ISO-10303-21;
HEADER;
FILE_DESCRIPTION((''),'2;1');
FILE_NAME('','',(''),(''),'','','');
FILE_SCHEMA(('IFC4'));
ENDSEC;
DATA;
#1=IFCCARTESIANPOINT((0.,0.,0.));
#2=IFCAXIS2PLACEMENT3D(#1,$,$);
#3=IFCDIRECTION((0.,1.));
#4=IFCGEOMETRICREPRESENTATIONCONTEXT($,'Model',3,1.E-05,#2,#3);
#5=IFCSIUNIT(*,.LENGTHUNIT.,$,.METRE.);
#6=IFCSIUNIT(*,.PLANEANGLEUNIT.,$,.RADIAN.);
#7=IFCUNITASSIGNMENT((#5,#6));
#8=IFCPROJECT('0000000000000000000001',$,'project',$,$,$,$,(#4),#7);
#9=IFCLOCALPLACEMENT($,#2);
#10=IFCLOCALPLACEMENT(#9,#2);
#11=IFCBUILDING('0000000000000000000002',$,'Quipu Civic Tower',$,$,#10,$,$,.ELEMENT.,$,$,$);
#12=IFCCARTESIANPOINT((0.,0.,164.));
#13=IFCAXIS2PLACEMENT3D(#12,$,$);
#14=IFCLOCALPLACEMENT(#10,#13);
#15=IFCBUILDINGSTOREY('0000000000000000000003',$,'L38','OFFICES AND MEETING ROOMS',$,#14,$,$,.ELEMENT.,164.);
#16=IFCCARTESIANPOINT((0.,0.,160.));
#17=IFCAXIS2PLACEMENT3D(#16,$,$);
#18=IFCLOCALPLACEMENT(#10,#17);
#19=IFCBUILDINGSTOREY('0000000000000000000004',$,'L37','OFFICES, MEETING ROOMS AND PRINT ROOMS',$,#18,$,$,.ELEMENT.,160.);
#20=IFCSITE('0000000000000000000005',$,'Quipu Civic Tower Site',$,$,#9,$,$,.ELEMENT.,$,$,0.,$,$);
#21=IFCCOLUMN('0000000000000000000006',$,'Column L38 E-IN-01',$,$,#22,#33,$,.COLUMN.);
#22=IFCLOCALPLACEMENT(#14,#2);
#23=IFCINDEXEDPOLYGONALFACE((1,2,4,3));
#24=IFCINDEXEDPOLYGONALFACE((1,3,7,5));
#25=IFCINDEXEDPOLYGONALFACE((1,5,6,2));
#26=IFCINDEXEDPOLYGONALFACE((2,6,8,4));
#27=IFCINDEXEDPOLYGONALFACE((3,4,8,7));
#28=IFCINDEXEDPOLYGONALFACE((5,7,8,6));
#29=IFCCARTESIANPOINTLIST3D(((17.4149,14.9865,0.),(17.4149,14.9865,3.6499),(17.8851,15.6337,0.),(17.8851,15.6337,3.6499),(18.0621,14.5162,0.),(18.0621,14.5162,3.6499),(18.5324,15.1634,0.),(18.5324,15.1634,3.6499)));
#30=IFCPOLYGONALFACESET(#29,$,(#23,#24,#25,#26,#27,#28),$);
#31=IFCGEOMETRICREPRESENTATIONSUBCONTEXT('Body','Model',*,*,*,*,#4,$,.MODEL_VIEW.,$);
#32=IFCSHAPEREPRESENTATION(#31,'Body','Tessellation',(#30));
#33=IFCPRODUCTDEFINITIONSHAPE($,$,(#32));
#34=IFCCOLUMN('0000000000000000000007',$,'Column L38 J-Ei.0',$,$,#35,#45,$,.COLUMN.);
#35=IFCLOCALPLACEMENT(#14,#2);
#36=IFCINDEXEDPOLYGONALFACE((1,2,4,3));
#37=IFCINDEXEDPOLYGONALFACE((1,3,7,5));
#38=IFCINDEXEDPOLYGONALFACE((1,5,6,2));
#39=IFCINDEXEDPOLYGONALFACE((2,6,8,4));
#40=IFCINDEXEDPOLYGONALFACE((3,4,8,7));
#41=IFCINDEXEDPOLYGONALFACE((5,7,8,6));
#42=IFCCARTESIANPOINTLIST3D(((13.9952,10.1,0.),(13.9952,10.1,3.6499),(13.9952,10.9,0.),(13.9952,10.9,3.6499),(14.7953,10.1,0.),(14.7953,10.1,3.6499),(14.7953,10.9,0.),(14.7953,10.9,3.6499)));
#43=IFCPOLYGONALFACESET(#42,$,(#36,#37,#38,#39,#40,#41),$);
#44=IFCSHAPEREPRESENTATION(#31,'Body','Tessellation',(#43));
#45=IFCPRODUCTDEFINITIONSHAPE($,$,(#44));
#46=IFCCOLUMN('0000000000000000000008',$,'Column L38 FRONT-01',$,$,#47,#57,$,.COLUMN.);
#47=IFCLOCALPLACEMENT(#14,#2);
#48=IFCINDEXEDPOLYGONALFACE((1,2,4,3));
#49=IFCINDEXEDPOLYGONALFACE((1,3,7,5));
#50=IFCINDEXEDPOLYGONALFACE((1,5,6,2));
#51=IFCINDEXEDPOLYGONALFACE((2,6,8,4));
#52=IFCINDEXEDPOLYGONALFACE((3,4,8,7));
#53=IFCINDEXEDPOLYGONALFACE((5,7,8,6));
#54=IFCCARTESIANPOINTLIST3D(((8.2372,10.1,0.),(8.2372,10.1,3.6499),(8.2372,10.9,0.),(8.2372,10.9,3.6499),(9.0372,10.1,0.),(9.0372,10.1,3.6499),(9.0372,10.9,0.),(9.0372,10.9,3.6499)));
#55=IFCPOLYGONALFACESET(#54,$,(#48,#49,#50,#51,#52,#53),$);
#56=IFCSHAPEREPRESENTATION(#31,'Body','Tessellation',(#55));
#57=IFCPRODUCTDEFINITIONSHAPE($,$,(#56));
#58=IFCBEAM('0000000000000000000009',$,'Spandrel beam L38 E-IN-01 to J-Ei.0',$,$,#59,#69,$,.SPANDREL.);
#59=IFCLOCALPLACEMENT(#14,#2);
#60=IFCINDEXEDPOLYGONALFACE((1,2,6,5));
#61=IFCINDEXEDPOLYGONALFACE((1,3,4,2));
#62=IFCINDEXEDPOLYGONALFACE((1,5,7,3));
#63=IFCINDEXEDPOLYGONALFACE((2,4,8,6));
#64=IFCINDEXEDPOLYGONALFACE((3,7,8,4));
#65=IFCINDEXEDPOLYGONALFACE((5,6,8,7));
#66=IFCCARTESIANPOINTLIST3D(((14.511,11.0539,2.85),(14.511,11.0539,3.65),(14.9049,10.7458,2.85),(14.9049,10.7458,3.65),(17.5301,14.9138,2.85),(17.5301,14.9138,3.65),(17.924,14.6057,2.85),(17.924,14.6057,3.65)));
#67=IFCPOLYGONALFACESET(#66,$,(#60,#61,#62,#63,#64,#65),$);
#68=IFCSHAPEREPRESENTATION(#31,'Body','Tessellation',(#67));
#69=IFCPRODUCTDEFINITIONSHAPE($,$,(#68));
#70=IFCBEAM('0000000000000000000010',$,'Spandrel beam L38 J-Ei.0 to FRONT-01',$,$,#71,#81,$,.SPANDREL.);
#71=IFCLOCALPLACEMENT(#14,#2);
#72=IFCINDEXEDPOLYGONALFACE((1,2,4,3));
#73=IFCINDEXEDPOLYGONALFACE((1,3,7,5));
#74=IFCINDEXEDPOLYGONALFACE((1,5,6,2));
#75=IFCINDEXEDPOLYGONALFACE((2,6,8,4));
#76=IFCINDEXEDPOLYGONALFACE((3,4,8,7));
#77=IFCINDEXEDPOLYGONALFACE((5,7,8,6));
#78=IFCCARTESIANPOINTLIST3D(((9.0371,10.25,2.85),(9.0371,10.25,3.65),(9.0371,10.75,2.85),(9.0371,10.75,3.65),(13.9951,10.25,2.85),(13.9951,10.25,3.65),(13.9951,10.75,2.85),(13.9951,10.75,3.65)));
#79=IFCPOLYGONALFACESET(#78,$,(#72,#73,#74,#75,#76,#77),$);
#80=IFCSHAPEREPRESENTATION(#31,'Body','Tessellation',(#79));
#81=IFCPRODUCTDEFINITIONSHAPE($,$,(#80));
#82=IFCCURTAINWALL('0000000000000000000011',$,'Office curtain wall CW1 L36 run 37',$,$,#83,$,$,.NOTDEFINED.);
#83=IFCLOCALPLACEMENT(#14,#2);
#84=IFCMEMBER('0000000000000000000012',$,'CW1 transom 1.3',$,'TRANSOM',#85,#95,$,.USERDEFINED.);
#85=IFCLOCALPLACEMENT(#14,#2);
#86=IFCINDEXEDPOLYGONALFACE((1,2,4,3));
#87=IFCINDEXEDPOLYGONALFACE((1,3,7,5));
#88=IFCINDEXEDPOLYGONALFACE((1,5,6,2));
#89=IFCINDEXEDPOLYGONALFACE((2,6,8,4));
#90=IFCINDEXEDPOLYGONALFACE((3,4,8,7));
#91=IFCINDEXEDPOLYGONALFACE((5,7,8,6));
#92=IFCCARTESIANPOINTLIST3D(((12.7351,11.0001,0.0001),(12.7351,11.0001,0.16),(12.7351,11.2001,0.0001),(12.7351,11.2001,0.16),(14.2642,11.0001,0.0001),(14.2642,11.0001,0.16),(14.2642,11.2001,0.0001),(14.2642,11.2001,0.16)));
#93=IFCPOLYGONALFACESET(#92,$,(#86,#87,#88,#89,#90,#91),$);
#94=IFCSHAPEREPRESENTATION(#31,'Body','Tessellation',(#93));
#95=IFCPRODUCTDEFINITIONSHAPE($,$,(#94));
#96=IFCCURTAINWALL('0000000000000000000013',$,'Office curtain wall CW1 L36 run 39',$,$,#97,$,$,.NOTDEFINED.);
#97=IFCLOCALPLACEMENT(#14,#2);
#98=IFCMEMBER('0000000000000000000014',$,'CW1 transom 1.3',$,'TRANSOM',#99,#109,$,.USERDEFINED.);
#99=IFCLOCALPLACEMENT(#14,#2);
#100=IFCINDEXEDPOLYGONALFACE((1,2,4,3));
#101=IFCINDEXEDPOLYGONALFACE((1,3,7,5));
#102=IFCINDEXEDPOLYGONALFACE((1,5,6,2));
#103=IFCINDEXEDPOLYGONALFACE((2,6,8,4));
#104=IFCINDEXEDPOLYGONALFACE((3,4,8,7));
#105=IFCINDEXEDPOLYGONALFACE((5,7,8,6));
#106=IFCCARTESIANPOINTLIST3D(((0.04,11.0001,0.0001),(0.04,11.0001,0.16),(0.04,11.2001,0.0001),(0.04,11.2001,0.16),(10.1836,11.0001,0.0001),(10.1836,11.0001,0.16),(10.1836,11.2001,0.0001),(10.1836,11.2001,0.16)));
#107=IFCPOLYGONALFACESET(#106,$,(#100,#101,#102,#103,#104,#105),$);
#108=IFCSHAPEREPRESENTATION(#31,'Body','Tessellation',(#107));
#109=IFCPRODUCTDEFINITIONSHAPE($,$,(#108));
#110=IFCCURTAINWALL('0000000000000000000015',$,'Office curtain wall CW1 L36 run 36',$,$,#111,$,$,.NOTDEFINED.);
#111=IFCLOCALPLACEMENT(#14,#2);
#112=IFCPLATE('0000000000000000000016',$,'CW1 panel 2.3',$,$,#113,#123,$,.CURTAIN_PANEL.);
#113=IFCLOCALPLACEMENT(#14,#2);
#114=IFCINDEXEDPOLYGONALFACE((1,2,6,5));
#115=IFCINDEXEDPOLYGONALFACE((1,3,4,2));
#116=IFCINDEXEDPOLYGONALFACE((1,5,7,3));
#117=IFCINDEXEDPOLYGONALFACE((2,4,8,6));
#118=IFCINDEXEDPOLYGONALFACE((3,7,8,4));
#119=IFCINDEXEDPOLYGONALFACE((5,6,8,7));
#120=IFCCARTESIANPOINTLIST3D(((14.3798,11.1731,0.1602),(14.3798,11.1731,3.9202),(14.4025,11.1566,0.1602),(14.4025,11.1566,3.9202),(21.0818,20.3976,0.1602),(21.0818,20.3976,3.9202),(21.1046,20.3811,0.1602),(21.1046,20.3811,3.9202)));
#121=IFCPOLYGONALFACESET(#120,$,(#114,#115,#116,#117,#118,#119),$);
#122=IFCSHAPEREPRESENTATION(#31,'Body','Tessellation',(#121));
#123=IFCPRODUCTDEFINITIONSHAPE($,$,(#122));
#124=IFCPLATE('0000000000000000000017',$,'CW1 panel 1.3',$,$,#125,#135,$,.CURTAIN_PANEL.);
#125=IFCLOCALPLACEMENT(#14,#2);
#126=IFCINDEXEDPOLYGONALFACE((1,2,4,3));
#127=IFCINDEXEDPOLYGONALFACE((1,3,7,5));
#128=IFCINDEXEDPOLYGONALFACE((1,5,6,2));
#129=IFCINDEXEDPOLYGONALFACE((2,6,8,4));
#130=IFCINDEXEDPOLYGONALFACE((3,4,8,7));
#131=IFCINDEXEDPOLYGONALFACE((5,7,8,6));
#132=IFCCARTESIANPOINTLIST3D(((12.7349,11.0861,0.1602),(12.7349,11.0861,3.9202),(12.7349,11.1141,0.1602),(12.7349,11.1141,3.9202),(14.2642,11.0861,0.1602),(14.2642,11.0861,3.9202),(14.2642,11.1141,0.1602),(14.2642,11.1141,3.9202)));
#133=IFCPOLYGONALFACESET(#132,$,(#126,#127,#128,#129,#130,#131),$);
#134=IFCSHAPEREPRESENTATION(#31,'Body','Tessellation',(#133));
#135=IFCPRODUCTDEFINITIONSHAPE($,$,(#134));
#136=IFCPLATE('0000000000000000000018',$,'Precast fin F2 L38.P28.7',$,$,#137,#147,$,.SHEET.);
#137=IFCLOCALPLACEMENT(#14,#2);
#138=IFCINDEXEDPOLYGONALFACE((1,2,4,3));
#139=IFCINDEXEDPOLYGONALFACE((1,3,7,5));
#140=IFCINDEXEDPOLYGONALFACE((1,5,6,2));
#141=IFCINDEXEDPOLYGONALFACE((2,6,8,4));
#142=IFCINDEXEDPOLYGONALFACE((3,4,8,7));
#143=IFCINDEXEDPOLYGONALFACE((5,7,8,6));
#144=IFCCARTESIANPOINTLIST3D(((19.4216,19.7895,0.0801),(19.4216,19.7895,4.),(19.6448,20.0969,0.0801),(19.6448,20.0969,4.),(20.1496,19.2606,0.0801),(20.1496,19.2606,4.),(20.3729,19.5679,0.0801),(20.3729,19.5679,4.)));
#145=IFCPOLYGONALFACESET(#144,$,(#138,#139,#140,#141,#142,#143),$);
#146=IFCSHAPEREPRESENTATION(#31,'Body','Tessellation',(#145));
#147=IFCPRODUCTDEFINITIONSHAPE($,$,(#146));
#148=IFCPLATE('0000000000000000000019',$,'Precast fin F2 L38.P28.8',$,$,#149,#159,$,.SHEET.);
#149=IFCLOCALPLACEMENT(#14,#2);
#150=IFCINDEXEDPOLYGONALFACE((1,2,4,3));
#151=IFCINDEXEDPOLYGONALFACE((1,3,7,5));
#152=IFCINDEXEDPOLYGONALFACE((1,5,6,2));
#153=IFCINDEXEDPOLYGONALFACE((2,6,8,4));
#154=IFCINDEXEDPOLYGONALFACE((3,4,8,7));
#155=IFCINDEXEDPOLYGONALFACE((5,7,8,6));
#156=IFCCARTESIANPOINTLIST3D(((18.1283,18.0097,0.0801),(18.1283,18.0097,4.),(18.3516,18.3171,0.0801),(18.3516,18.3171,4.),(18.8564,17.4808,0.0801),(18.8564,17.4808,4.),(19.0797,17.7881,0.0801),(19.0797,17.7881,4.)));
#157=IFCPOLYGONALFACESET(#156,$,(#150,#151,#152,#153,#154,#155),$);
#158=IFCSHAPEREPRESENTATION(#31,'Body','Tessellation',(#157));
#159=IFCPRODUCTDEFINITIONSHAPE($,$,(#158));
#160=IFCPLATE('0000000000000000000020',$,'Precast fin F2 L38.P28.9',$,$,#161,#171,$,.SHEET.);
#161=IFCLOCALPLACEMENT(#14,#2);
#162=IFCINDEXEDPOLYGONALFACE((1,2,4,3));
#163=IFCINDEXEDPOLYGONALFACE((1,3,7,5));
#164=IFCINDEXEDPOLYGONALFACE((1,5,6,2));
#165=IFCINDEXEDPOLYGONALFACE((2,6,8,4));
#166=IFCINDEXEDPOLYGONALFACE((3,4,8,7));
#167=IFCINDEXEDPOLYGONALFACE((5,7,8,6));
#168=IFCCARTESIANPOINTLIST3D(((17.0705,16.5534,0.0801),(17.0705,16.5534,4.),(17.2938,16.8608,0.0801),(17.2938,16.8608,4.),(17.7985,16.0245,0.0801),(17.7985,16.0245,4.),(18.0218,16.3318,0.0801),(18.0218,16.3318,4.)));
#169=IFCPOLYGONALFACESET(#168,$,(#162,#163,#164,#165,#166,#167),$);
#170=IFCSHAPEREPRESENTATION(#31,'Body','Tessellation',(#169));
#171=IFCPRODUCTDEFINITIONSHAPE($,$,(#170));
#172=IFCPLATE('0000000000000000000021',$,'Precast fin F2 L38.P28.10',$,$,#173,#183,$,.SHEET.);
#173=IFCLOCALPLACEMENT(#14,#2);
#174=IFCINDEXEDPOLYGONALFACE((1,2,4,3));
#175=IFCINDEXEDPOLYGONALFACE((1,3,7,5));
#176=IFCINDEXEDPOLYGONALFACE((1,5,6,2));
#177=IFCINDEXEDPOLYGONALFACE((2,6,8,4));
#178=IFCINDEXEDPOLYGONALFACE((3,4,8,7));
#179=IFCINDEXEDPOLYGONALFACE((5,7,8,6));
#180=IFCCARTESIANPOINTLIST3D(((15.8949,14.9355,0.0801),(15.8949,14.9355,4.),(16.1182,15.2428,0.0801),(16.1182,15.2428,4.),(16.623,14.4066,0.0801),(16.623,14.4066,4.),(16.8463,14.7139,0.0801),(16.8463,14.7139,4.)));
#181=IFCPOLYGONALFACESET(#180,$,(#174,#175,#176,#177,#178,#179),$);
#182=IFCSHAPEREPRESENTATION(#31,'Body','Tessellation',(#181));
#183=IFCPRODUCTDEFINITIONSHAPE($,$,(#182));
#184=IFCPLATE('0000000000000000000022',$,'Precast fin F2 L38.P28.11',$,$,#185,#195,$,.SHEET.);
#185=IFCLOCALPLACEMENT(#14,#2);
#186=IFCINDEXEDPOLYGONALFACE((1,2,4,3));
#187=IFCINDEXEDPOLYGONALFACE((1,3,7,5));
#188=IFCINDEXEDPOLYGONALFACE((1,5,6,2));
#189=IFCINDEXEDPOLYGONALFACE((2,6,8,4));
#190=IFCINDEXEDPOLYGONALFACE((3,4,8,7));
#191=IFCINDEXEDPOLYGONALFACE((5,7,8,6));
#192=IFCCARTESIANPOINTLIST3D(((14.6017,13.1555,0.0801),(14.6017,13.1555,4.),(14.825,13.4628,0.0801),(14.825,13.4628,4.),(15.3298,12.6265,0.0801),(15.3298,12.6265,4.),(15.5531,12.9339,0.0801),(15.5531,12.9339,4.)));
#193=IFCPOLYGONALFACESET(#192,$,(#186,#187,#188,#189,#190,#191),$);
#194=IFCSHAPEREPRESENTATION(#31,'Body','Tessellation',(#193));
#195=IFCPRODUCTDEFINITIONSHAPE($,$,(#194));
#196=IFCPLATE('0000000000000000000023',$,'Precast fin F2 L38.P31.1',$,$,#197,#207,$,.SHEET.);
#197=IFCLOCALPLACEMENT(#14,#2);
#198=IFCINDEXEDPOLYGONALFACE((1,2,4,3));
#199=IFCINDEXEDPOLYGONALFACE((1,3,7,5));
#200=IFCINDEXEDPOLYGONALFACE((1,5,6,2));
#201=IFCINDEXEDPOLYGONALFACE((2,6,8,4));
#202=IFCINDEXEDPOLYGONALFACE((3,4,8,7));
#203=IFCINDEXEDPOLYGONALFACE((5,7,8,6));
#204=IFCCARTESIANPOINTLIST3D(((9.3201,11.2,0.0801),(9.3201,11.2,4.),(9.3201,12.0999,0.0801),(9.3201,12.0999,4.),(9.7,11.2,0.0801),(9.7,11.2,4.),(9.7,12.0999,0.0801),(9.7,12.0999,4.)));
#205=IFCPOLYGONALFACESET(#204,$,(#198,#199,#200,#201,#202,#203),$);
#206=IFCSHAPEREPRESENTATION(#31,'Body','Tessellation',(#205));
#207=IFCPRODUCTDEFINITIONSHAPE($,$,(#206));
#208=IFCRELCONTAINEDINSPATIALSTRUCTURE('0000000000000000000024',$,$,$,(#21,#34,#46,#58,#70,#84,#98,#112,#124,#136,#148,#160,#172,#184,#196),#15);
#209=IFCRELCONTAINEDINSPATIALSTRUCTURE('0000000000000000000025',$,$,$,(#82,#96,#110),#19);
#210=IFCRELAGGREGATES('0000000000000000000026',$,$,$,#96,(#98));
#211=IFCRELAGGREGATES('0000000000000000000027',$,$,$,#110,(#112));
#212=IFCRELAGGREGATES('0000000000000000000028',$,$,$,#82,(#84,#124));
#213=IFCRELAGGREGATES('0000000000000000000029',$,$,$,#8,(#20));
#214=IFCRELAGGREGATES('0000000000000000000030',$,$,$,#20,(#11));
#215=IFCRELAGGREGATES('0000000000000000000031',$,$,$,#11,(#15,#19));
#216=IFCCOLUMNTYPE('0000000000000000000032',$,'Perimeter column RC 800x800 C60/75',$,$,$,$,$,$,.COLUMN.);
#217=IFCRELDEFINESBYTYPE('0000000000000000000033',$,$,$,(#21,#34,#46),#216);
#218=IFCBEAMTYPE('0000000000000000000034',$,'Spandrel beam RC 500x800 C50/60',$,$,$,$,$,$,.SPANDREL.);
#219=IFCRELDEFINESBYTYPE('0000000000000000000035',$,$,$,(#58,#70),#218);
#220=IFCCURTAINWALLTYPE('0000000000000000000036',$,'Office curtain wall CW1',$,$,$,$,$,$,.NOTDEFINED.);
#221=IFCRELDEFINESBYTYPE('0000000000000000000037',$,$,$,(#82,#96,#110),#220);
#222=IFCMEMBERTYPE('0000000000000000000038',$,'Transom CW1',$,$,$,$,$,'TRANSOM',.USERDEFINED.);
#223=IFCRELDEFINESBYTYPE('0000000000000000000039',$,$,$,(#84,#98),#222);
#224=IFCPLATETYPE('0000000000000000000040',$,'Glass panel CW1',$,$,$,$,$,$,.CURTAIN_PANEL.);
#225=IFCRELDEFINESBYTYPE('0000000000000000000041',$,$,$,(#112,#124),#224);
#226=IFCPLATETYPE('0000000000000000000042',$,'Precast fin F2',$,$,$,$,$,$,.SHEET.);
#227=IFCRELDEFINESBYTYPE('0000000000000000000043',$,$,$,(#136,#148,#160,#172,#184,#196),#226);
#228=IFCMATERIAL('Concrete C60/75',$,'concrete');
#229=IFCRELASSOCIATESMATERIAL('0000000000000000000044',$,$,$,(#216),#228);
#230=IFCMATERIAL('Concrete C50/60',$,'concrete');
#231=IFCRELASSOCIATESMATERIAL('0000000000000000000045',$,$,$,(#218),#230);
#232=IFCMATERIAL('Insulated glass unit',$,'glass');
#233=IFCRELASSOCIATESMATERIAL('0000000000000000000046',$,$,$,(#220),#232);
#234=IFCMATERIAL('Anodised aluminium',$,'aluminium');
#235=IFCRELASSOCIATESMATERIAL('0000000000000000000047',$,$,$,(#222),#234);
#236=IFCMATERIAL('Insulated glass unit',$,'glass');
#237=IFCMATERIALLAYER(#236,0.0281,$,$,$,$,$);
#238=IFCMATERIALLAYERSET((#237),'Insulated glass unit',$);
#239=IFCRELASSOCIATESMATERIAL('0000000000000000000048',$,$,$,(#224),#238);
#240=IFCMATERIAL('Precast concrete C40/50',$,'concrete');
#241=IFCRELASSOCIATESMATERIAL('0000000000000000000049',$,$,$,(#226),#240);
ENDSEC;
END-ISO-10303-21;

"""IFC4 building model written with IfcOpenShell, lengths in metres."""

from ifc_helpers import new_model, si_unit, direction, frame, origin, origin_2d, place, context, subcontext, project, spatial, rectangle, extrude, material, layer, layer_set, material_profile, profile_set, type_object, element, aggregate, save


model = new_model("IFC4")

# Units and contexts
model_context = context("Model", 3, precision=1e-05, world=origin(), true_north=direction((0.0, 1.0)))
body_context = subcontext(model_context, "Body", "Model", "MODEL_VIEW")
ifc_project = project(units=[si_unit("LENGTHUNIT", "METRE"), si_unit("PLANEANGLEUNIT", "RADIAN")], contexts=[model_context])

# Site, building, storey
site_placement = place(None, origin())
site = spatial("IfcSite", under=ifc_project, at=site_placement, Name="Quipu Civic Tower Site", CompositionType="ELEMENT", RefElevation=0.0)
building_placement = place(site_placement, origin())
building = spatial("IfcBuilding", under=site, at=building_placement, Name="Quipu Civic Tower", CompositionType="ELEMENT")
storey_1_placement = place(building_placement, frame((0.0, 0.0, 164.0)))
storey_1 = spatial("IfcBuildingStorey", under=building, at=storey_1_placement, Name="L38", Description="OFFICES AND MEETING ROOMS", CompositionType="ELEMENT", Elevation=164.0)

# Columns
ifc_material_1 = material(Name="Concrete C60/75", Category="concrete")
ifc_material_profile_1 = material_profile(ifc_material_1, rectangle(XDim=0.8, YDim=0.8, at=origin_2d()), Name="RC800x800")
ifc_profile_set_1 = profile_set([ifc_material_profile_1], Name="Concrete C60/75")
column_type = type_object("IfcColumnType", Name="Perimeter column RC 800x800 C60/75", PredefinedType="COLUMN", material=ifc_profile_set_1)
for number, where, z_axis, x_axis, name in (
    (1, (17.9736, 15.075, 0.0), (0.0, 0.0, 1.0), (-0.587785, -0.809017, 0.0), "Column L38 E-IN-01"),
    (2, (14.3953, 10.5, 0.0), (0.0, 0.0, 1.0), (-1.0, 0.0, 0.0), "Column L38 J-Ei.0"),
    (3, (8.6372, 10.5, 0.0), (0.0, 0.0, 1.0), (-1.0, 0.0, 0.0), "Column L38 FRONT-01"),
):
    element("IfcColumn", number, at=place(storey_1_placement, frame(where, z_axis=z_axis, x_axis=x_axis)), inside=storey_1, type_object=column_type, Name=name, PredefinedType="COLUMN", context=body_context, shape_type="SweptSolid", body=[
        extrude(rectangle(XDim=0.8, YDim=0.8, at=origin_2d()), origin(), (0.0, 0.0, 1.0), 3.6499),
    ])

# Beams
ifc_material_2 = material(Name="Concrete C50/60", Category="concrete")
ifc_material_profile_2 = material_profile(ifc_material_2, rectangle(XDim=0.5, YDim=0.8, at=origin_2d()), Name="RC500x800")
ifc_profile_set_2 = profile_set([ifc_material_profile_2], Name="Concrete C50/60")
beam_type = type_object("IfcBeamType", Name="Spandrel beam RC 500x800 C50/60", PredefinedType="SPANDREL", material=ifc_profile_set_2)
beam_1_placement = place(storey_1_placement, frame((17.7271, 14.7598, 3.25), z_axis=(-0.616091, -0.787675, 0.0), x_axis=(0.787675, -0.616091, 0.0)))
element("IfcBeam", 4, at=beam_1_placement, inside=storey_1, type_object=beam_type, Name="Spandrel beam L38 E-IN-01 to J-Ei.0", PredefinedType="SPANDREL", context=body_context, shape_type="SweptSolid", body=[
    extrude(rectangle(XDim=0.5, YDim=0.8, at=origin_2d()), origin(), (0.0, 0.0, 1.0), 4.9004),
])
beam_2_placement = place(storey_1_placement, frame((13.9951, 10.5, 3.25), z_axis=(-1.0, 0.0, 0.0), x_axis=(0.0, -1.0, 0.0)))
element("IfcBeam", 5, at=beam_2_placement, inside=storey_1, type_object=beam_type, Name="Spandrel beam L38 J-Ei.0 to FRONT-01", PredefinedType="SPANDREL", context=body_context, shape_type="SweptSolid", body=[
    extrude(rectangle(XDim=0.5, YDim=0.8, at=origin_2d()), origin(), (0.0, 0.0, 1.0), 4.958),
])

# Shared definitions
storey_2_placement = place(building_placement, frame((0.0, 0.0, 160.0)))
storey_2 = spatial("IfcBuildingStorey", under=building, at=storey_2_placement, Name="L37", Description="OFFICES, MEETING ROOMS AND PRINT ROOMS", CompositionType="ELEMENT", Elevation=160.0)

# Curtain walls, members
ifc_material_3 = material(Name="Insulated glass unit", Category="glass")
curtain_wall_type = type_object("IfcCurtainWallType", Name="Office curtain wall CW1", PredefinedType="NOTDEFINED", material=ifc_material_3)
curtain_wall_1_placement = place(storey_2_placement, origin())
curtain_wall_1 = element("IfcCurtainWall", 6, at=curtain_wall_1_placement, inside=storey_2, type_object=curtain_wall_type, Name="Office curtain wall CW1 L36 run 37", PredefinedType="NOTDEFINED")
ifc_material_4 = material(Name="Anodised aluminium", Category="aluminium")
ifc_material_profile_3 = material_profile(ifc_material_4, rectangle(XDim=0.2, YDim=0.1599, at=origin_2d()), Name="RECT 200x160")
ifc_profile_set_3 = profile_set([ifc_material_profile_3], Name="Anodised aluminium")
member_type = type_object("IfcMemberType", Name="Transom CW1", ElementType="TRANSOM", PredefinedType="USERDEFINED", material=ifc_profile_set_3)
member_1_placement = place(storey_1_placement, frame((14.2642, 11.1001, 0.0801), z_axis=(-1.0, 0.0, 0.0), x_axis=(0.0, -1.0, 0.0)))
member_1 = element("IfcMember", 7, at=member_1_placement, inside=storey_1, type_object=member_type, Name="CW1 transom 1.3", ObjectType="TRANSOM", PredefinedType="USERDEFINED", context=body_context, shape_type="SweptSolid", body=[
    extrude(rectangle(XDim=0.2, YDim=0.1599, at=origin_2d()), origin(), (0.0, 0.0, 1.0), 1.5291),
])
curtain_wall_2_placement = place(storey_2_placement, origin())
curtain_wall_2 = element("IfcCurtainWall", 8, at=curtain_wall_2_placement, inside=storey_2, type_object=curtain_wall_type, Name="Office curtain wall CW1 L36 run 39", PredefinedType="NOTDEFINED")
member_2_placement = place(storey_1_placement, frame((10.1836, 11.1001, 0.0801), z_axis=(-1.0, 0.0, 0.0), x_axis=(0.0, -1.0, 0.0)))
member_2 = element("IfcMember", 9, at=member_2_placement, inside=storey_1, type_object=member_type, Name="CW1 transom 1.3", ObjectType="TRANSOM", PredefinedType="USERDEFINED", context=body_context, shape_type="SweptSolid", body=[
    extrude(rectangle(XDim=0.2, YDim=0.1599, at=origin_2d()), origin(), (0.0, 0.0, 1.0), 10.1436),
])
aggregate(curtain_wall_2, [member_2])

# Curtain wall, plate
curtain_wall_3_placement = place(storey_2_placement, origin())
curtain_wall_3 = element("IfcCurtainWall", 10, at=curtain_wall_3_placement, inside=storey_2, type_object=curtain_wall_type, Name="Office curtain wall CW1 L36 run 36", PredefinedType="NOTDEFINED")
ifc_material_5 = material(Name="Insulated glass unit", Category="glass")
ifc_layer_1 = layer(ifc_material_5, 0.0281)
ifc_layer_set_1 = layer_set([ifc_layer_1], Name="Insulated glass unit")
plate_type_1 = type_object("IfcPlateType", Name="Glass panel CW1", PredefinedType="CURTAIN_PANEL", material=ifc_layer_set_1)
plate_1_placement = place(storey_1_placement, frame((17.7422, 15.7771, 0.1602), z_axis=(0.0, 0.0, 1.0), x_axis=(-0.587789, -0.809014, 0.0)))
plate_1 = element("IfcPlate", 11, at=plate_1_placement, inside=storey_1, type_object=plate_type_1, Name="CW1 panel 2.3", PredefinedType="CURTAIN_PANEL", context=body_context, shape_type="SweptSolid", body=[
    extrude(rectangle(XDim=11.4021, YDim=0.0281, at=origin_2d()), origin(), (0.0, 0.0, 1.0), 3.76),
])
aggregate(curtain_wall_3, [plate_1])

# Plate
plate_2_placement = place(storey_1_placement, frame((13.4995, 11.1001, 0.1602), z_axis=(0.0, 0.0, 1.0), x_axis=(-1.0, 0.0, 0.0)))
plate_2 = element("IfcPlate", 12, at=plate_2_placement, inside=storey_1, type_object=plate_type_1, Name="CW1 panel 1.3", PredefinedType="CURTAIN_PANEL", context=body_context, shape_type="SweptSolid", body=[
    extrude(rectangle(XDim=1.5293, YDim=0.0281, at=origin_2d()), origin(), (0.0, 0.0, 1.0), 3.76),
])
aggregate(curtain_wall_1, [member_1, plate_2])

# Plates
ifc_material_6 = material(Name="Precast concrete C40/50", Category="concrete")
plate_type_2 = type_object("IfcPlateType", Name="Precast fin F2", PredefinedType="SHEET", material=ifc_material_6)
for number, where, z_axis, x_axis, name in (
    (13, (19.8972, 19.6787, 0.0801), (0.0, 0.0, 1.0), (-0.587787, -0.809016, 0.0), "Precast fin F2 L38.P28.7"),
    (14, (18.604, 17.8989, 0.0801), (0.0, 0.0, 1.0), (-0.587787, -0.809016, 0.0), "Precast fin F2 L38.P28.8"),
    (15, (17.5461, 16.4426, 0.0801), (0.0, 0.0, 1.0), (-0.587787, -0.809016, 0.0), "Precast fin F2 L38.P28.9"),
    (16, (16.3706, 14.8247, 0.0801), (0.0, 0.0, 1.0), (-0.587787, -0.809016, 0.0), "Precast fin F2 L38.P28.10"),
    (17, (15.0774, 13.0447, 0.0801), (0.0, 0.0, 1.0), (-0.587787, -0.809016, 0.0), "Precast fin F2 L38.P28.11"),
    (18, (9.51, 11.6499, 0.0801), (0.0, 0.0, 1.0), (-1.0, 0.0, 0.0), "Precast fin F2 L38.P31.1"),
):
    element("IfcPlate", number, at=place(storey_1_placement, frame(where, z_axis=z_axis, x_axis=x_axis)), inside=storey_1, type_object=plate_type_2, Name=name, PredefinedType="SHEET", context=body_context, shape_type="SweptSolid", body=[
        extrude(rectangle(XDim=0.3799, YDim=0.8999, at=origin_2d()), origin(), (0.0, 0.0, 1.0), 3.9199),
    ])

save(model, "model.ifc")
